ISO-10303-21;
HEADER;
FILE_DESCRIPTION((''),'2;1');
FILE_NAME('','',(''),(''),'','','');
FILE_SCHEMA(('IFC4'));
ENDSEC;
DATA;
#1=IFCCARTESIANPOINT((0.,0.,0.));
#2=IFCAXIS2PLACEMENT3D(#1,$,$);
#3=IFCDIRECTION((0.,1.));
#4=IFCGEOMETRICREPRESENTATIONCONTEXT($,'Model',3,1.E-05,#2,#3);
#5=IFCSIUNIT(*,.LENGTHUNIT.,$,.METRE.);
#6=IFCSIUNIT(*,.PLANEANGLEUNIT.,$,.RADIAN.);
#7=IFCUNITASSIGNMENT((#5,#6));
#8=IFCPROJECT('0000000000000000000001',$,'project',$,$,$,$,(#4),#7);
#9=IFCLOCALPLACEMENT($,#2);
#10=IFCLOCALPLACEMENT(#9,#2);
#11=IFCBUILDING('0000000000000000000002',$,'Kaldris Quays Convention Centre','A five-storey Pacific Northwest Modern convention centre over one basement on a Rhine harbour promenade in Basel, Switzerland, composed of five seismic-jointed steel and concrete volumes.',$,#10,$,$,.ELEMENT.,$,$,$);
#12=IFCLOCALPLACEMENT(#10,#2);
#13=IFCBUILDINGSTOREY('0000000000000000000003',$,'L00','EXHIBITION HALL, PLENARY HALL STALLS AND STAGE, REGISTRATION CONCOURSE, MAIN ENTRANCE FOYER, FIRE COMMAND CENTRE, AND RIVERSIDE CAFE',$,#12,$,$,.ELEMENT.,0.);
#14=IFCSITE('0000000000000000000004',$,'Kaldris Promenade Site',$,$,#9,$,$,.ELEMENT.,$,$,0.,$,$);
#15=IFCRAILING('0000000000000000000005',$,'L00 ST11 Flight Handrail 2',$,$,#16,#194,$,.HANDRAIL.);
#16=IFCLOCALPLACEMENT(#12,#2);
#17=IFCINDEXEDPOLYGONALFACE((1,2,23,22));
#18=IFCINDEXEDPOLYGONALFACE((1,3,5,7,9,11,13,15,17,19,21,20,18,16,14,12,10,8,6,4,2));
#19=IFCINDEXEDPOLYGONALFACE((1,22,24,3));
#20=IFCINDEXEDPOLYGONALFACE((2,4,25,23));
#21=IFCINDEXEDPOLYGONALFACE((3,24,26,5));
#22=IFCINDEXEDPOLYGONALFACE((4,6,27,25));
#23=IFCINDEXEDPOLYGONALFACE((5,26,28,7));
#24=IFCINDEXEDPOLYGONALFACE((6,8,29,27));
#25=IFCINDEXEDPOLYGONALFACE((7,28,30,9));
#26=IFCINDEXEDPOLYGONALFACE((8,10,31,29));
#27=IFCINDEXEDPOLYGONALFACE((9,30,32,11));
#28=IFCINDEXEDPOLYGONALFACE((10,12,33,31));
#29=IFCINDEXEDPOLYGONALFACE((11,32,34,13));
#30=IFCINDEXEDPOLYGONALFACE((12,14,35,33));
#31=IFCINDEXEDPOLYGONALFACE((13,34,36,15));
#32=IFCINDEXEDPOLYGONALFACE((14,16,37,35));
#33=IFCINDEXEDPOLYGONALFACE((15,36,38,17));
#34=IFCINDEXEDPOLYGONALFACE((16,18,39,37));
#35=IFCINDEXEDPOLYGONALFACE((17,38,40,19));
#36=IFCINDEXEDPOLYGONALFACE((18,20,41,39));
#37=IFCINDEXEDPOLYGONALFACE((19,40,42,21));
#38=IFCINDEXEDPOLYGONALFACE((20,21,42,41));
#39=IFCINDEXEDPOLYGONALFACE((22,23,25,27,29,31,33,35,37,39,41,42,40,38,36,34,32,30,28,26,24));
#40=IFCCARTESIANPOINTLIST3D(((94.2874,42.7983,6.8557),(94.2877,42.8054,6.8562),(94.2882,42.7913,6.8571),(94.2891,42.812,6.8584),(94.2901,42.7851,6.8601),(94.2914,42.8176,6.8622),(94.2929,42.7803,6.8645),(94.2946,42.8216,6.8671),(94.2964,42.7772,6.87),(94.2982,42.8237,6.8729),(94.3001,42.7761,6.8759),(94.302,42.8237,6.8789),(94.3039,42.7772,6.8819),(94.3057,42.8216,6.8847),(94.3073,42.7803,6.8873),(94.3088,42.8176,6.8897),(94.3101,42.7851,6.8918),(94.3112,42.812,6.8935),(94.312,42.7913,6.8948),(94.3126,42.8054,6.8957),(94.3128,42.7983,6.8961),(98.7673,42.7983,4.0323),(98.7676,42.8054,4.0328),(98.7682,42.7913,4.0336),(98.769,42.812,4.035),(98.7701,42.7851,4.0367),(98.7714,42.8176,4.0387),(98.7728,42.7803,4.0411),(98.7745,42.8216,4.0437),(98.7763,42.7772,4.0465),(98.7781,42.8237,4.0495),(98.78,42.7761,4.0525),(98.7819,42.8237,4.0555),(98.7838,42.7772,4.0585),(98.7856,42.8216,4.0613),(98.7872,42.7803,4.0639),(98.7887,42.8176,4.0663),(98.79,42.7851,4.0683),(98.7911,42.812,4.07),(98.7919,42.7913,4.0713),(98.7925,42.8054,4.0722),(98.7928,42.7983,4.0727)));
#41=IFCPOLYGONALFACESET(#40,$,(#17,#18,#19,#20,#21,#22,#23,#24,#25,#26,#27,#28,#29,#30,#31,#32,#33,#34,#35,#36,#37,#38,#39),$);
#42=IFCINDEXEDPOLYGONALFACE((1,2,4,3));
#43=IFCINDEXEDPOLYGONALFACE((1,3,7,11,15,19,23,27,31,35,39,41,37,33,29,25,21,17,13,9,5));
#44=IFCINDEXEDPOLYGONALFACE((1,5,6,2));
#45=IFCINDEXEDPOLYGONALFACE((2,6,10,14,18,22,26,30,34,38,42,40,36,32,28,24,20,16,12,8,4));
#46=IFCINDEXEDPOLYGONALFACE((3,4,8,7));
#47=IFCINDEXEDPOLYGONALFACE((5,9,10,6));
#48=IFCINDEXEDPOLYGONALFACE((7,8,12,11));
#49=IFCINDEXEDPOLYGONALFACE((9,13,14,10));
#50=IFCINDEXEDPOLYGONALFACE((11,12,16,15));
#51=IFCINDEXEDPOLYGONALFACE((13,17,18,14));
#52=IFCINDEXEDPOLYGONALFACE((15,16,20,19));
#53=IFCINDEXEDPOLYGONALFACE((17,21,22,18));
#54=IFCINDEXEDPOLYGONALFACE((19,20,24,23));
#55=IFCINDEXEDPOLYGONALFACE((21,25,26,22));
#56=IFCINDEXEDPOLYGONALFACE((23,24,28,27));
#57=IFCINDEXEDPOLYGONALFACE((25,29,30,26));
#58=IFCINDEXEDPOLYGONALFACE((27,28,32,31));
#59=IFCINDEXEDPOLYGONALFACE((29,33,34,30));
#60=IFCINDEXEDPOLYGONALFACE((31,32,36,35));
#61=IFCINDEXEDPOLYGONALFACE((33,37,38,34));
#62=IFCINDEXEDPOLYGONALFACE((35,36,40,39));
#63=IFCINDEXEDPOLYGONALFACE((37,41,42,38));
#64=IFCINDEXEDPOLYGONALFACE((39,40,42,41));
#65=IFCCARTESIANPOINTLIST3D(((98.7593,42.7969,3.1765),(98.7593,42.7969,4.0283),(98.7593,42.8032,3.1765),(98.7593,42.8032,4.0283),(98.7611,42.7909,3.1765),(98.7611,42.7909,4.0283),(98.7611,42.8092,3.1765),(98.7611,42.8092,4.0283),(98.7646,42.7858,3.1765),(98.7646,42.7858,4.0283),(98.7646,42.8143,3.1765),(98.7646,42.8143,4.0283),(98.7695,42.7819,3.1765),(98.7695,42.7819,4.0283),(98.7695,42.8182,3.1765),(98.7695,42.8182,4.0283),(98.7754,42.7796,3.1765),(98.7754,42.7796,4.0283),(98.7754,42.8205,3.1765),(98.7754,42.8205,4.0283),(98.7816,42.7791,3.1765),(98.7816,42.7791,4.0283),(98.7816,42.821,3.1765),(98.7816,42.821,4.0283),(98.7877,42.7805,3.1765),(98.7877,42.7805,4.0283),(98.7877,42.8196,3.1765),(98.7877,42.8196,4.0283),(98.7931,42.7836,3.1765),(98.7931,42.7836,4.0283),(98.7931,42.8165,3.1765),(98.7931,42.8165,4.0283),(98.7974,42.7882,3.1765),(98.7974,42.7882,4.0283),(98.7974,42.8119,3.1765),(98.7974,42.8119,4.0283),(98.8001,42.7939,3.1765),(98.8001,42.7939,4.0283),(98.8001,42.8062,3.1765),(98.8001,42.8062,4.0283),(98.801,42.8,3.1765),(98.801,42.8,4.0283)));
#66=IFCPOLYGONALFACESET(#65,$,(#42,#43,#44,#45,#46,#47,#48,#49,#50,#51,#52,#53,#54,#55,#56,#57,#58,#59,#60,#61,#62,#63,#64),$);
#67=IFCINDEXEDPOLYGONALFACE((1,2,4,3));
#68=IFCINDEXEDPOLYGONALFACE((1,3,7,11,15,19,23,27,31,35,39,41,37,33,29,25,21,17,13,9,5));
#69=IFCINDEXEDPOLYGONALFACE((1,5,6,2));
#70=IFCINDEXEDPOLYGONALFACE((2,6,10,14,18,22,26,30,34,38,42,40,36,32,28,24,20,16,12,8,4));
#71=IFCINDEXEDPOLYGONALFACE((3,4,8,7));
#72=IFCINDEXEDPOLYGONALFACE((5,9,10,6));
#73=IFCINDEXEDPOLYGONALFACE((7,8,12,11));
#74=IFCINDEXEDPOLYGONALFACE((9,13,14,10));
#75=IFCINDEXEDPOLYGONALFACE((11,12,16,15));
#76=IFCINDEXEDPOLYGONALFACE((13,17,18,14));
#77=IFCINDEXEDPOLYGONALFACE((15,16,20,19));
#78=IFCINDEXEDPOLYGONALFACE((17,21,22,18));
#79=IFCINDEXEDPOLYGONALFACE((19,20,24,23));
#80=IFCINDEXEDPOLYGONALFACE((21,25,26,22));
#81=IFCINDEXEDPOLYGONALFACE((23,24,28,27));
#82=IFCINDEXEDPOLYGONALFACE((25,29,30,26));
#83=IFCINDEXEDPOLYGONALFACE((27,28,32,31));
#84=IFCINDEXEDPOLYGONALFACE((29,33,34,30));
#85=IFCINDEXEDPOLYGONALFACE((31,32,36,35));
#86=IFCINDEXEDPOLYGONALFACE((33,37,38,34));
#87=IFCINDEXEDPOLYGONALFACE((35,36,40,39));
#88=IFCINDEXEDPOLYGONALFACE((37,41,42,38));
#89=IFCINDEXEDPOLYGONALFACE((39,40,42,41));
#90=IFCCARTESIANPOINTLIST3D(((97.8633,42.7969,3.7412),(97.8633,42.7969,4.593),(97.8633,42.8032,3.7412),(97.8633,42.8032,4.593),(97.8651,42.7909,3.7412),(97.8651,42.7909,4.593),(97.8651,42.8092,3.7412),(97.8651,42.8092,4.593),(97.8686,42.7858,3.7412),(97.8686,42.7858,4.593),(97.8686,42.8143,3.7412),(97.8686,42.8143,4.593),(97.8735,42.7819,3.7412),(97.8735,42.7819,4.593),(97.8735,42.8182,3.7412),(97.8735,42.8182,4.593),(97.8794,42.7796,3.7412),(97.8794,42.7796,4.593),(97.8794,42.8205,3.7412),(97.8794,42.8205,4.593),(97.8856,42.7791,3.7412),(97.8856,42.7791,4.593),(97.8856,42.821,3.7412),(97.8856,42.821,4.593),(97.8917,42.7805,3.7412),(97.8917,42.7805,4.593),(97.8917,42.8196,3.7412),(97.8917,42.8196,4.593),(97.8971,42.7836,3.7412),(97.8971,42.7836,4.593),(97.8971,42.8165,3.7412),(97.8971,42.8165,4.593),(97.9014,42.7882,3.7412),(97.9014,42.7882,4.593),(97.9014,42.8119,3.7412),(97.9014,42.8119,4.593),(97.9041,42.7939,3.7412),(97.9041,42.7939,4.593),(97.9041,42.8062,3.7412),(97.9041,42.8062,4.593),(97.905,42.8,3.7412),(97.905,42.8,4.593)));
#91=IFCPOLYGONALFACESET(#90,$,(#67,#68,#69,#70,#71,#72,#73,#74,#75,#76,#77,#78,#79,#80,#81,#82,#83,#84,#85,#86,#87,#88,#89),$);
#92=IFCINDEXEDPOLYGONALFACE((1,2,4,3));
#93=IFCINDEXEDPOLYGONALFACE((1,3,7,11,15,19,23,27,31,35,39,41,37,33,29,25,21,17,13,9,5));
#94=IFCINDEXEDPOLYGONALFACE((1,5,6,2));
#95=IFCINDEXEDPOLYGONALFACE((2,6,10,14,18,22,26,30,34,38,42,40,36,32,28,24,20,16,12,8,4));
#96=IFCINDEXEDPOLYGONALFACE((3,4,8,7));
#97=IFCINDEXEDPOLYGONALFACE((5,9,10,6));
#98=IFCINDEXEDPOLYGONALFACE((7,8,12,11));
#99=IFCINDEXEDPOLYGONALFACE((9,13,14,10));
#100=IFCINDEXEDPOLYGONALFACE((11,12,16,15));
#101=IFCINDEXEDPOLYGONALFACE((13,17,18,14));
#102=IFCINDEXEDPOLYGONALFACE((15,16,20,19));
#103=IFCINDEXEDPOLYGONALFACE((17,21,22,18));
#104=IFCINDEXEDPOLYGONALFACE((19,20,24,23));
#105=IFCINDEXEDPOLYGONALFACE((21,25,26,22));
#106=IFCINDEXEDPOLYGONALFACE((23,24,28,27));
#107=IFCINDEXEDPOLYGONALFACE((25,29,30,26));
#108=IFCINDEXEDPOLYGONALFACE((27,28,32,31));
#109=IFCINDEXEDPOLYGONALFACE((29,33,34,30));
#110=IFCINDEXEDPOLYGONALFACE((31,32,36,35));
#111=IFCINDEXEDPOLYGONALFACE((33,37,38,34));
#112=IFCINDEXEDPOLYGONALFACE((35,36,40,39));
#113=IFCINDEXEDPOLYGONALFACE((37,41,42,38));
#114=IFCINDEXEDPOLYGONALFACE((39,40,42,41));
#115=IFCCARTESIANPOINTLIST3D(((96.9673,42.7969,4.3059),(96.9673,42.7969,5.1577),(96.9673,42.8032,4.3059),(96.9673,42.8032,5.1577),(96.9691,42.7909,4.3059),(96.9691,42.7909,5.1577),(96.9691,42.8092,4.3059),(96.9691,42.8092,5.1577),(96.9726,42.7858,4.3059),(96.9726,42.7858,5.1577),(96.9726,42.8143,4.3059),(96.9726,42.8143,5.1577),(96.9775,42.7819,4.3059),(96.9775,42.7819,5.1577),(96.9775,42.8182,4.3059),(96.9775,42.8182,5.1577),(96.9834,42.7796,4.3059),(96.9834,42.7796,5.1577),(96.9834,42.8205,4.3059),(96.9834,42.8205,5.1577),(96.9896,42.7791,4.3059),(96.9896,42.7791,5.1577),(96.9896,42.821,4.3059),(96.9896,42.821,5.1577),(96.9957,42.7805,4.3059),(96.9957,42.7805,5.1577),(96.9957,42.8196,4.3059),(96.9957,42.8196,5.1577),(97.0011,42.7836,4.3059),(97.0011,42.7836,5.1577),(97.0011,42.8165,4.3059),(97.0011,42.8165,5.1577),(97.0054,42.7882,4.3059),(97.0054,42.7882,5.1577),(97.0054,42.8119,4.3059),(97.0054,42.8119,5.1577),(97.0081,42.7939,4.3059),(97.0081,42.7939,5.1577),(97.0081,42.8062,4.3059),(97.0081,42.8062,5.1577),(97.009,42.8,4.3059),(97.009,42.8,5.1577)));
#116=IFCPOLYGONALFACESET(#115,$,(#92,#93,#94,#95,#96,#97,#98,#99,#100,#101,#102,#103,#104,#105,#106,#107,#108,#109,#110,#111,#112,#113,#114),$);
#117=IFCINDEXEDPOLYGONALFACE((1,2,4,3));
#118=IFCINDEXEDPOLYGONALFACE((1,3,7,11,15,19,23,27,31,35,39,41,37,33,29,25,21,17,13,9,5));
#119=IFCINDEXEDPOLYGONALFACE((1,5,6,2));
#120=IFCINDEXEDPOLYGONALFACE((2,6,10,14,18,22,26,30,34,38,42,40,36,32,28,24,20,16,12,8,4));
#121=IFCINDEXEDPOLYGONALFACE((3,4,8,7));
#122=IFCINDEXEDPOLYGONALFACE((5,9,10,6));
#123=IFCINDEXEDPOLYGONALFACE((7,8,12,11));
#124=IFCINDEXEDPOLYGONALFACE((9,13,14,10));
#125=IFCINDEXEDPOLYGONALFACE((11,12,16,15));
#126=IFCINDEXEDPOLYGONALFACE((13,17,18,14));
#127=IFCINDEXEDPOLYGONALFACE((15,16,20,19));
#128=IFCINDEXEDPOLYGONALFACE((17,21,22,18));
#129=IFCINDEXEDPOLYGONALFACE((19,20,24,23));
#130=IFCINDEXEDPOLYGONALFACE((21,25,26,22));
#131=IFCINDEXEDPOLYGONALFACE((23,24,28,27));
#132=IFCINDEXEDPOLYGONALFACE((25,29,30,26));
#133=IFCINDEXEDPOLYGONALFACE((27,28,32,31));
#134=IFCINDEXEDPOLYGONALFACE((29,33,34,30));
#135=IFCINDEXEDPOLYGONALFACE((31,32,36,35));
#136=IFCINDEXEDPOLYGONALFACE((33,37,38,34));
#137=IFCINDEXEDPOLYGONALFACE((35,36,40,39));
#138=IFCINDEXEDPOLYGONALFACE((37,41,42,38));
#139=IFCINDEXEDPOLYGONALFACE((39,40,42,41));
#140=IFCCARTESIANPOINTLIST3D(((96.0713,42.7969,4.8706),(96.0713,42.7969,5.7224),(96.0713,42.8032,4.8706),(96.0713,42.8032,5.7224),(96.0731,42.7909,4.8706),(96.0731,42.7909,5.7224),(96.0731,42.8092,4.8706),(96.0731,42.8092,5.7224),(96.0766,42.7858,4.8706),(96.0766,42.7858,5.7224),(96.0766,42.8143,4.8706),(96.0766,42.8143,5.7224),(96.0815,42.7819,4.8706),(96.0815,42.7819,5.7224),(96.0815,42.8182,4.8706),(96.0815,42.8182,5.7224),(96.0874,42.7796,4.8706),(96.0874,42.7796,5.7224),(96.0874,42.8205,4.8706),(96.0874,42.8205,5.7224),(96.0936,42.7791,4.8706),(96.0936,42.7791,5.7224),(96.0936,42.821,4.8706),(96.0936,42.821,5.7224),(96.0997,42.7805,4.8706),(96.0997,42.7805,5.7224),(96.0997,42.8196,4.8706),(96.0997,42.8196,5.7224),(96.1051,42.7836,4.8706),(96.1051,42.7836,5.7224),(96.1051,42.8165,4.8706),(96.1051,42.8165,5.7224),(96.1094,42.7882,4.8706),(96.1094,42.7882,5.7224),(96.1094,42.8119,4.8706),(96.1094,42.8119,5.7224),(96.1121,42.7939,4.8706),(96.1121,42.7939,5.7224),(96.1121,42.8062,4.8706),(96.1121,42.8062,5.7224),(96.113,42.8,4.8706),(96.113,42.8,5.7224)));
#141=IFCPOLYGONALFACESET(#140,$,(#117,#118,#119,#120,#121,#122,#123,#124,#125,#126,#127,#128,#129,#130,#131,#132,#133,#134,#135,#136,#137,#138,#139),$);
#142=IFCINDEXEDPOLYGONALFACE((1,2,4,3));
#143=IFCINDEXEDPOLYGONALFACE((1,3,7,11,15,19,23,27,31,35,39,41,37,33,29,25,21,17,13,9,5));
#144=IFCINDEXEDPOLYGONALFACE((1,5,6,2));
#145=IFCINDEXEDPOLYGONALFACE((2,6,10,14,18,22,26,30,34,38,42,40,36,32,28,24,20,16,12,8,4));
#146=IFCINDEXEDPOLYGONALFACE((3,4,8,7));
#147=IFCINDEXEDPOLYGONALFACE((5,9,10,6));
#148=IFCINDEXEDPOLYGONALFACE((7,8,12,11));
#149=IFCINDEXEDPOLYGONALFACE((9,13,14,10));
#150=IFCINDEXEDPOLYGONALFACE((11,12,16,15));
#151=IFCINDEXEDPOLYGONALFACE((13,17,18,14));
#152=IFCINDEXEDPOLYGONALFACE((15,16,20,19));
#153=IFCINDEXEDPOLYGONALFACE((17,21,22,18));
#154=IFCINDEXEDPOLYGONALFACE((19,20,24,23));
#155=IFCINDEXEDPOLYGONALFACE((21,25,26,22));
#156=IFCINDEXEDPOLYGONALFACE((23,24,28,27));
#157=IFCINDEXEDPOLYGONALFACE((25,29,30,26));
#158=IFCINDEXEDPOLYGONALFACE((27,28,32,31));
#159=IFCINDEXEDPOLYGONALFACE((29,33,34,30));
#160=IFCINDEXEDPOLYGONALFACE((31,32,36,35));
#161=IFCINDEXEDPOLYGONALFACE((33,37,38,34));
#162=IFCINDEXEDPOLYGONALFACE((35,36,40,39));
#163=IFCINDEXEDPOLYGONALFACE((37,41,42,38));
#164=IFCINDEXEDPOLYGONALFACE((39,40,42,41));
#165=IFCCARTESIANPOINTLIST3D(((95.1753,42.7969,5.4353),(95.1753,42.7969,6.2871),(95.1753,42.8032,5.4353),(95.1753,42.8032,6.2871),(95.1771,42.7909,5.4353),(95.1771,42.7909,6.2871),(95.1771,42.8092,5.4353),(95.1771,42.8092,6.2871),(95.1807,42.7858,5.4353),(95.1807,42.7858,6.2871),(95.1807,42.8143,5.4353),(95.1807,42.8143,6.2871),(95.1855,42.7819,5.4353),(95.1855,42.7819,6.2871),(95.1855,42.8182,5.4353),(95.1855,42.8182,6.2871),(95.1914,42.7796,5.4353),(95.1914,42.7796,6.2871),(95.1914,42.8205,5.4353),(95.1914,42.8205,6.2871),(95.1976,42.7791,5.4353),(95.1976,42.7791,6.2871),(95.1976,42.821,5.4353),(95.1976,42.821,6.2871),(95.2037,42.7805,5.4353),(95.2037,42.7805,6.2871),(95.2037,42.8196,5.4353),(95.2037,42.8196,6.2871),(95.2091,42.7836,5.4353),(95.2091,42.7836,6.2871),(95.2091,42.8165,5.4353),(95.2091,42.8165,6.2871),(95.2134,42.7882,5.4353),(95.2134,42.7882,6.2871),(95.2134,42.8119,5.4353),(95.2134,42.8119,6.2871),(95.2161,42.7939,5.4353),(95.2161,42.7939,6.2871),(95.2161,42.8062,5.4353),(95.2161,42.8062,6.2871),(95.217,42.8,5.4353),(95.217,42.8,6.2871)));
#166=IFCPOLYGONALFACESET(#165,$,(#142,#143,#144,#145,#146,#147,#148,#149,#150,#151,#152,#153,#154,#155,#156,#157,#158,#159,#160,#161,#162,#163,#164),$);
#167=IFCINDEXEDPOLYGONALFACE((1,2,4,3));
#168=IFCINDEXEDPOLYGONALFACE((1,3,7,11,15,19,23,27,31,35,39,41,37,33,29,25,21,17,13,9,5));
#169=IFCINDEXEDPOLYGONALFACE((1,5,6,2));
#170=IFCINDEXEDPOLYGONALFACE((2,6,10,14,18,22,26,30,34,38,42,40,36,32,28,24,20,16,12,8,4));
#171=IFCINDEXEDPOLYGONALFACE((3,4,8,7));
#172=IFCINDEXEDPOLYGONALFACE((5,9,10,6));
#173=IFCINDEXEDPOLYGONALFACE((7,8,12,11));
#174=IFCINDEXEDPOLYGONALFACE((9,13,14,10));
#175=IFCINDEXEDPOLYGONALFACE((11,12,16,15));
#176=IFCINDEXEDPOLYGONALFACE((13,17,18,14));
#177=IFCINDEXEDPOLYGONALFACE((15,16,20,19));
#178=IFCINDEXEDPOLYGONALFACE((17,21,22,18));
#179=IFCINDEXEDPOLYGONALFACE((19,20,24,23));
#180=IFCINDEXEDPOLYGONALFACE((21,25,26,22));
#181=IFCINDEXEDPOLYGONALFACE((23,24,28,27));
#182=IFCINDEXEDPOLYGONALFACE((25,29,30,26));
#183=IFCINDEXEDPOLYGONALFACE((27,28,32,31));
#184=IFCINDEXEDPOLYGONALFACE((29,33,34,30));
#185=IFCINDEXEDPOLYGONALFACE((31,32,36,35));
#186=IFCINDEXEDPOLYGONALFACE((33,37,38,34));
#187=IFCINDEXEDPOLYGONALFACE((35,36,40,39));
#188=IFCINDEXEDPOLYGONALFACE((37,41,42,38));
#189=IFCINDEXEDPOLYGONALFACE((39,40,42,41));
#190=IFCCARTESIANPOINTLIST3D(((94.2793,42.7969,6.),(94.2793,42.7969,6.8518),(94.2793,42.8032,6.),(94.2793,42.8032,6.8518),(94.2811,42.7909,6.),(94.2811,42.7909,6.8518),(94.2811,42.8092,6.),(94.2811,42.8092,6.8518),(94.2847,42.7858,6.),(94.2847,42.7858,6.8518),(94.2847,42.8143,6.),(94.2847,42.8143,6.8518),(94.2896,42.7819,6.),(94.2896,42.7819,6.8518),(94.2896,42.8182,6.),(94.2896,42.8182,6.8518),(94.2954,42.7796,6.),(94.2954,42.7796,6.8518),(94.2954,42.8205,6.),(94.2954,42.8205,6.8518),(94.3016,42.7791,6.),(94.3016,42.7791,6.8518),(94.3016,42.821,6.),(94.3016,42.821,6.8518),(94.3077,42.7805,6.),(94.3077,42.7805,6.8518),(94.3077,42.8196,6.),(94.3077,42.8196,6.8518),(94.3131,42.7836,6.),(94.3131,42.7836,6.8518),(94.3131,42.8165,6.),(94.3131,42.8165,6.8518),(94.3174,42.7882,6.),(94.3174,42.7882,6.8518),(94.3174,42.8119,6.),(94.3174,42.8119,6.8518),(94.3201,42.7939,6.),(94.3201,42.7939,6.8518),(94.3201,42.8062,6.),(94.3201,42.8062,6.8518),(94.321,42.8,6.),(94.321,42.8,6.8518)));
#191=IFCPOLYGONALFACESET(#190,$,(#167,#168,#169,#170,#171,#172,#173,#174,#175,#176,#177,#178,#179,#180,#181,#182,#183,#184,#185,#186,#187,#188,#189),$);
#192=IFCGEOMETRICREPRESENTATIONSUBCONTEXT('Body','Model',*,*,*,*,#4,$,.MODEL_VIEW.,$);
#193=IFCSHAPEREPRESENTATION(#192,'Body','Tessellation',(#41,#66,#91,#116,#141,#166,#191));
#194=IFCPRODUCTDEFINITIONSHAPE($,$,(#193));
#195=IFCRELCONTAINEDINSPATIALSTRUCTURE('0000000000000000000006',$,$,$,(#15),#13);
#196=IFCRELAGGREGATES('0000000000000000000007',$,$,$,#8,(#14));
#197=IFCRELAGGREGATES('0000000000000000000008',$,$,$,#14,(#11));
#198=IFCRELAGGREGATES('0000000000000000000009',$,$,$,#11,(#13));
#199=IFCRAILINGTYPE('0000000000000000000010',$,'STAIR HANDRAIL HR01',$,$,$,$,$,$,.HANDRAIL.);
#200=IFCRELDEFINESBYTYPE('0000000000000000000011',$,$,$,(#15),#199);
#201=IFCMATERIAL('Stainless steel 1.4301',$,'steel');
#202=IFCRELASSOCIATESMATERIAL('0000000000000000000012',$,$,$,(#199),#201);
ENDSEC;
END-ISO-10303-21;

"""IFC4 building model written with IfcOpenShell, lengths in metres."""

from ifc_helpers import new_model, si_unit, direction, frame, origin, origin_2d, place, context, subcontext, project, spatial, circle, extrude, material, type_object, element, save


model = new_model("IFC4")

# Units and contexts
model_context = context("Model", 3, precision=1e-05, world=origin(), true_north=direction((0.0, 1.0)))
body_context = subcontext(model_context, "Body", "Model", "MODEL_VIEW")
ifc_project = project(units=[si_unit("LENGTHUNIT", "METRE"), si_unit("PLANEANGLEUNIT", "RADIAN")], contexts=[model_context])

# Site, building, storey
site_placement = place(None, origin())
site = spatial("IfcSite", under=ifc_project, at=site_placement, Name="Kaldris Promenade Site", CompositionType="ELEMENT", RefElevation=0.0)
building_placement = place(site_placement, origin())
building = spatial("IfcBuilding", under=site, at=building_placement, Name="Kaldris Quays Convention Centre", Description="A five-storey Pacific Northwest Modern convention centre over one basement on a Rhine harbour promenade in Basel, Switzerland, composed of five seismic-jointed steel and concrete volumes.", CompositionType="ELEMENT")
storey_placement = place(building_placement, origin())
storey = spatial("IfcBuildingStorey", under=building, at=storey_placement, Name="L00", Description="EXHIBITION HALL, PLENARY HALL STALLS AND STAGE, REGISTRATION CONCOURSE, MAIN ENTRANCE FOYER, FIRE COMMAND CENTRE, AND RIVERSIDE CAFE", CompositionType="ELEMENT", Elevation=0.0)

# Railing
ifc_material_1 = material(Name="Stainless steel 1.4301", Category="steel")
railing_type_1 = type_object("IfcRailingType", Name="STAIR HANDRAIL HR01", PredefinedType="HANDRAIL", material=ifc_material_1)
railing_1_placement = place(storey_placement, frame((98.78, 42.8, 3.1765)))
element("IfcRailing", 1, at=railing_1_placement, inside=storey, type_object=railing_type_1, Name="L00 ST11 Flight Handrail 2", PredefinedType="HANDRAIL", context=body_context, shape_type="SweptSolid", body=[
    extrude(circle(Radius=0.0239, at=origin_2d()), frame((0.0, 0.0, 0.876), z_axis=(-0.845998, 0.0, 0.533186), x_axis=(0.0, -1.0, 0.0)), (0.0, 0.0, 1.0), 5.2954),
    extrude(circle(Radius=0.021, at=origin_2d()), origin(), (0.0, 0.0, 1.0), 0.8518),
    extrude(circle(Radius=0.021, at=origin_2d()), frame((-0.896, 0.0, 0.5647)), (0.0, 0.0, 1.0), 0.8518),
    extrude(circle(Radius=0.021, at=origin_2d()), frame((-1.792, 0.0, 1.1294)), (0.0, 0.0, 1.0), 0.8518),
    extrude(circle(Radius=0.021, at=origin_2d()), frame((-2.688, 0.0, 1.6941)), (0.0, 0.0, 1.0), 0.8518),
    extrude(circle(Radius=0.021, at=origin_2d()), frame((-3.584, 0.0, 2.2588)), (0.0, 0.0, 1.0), 0.8518),
    extrude(circle(Radius=0.021, at=origin_2d()), frame((-4.48, 0.0, 2.8235)), (0.0, 0.0, 1.0), 0.8518),
])

save(model, "model.ifc")
